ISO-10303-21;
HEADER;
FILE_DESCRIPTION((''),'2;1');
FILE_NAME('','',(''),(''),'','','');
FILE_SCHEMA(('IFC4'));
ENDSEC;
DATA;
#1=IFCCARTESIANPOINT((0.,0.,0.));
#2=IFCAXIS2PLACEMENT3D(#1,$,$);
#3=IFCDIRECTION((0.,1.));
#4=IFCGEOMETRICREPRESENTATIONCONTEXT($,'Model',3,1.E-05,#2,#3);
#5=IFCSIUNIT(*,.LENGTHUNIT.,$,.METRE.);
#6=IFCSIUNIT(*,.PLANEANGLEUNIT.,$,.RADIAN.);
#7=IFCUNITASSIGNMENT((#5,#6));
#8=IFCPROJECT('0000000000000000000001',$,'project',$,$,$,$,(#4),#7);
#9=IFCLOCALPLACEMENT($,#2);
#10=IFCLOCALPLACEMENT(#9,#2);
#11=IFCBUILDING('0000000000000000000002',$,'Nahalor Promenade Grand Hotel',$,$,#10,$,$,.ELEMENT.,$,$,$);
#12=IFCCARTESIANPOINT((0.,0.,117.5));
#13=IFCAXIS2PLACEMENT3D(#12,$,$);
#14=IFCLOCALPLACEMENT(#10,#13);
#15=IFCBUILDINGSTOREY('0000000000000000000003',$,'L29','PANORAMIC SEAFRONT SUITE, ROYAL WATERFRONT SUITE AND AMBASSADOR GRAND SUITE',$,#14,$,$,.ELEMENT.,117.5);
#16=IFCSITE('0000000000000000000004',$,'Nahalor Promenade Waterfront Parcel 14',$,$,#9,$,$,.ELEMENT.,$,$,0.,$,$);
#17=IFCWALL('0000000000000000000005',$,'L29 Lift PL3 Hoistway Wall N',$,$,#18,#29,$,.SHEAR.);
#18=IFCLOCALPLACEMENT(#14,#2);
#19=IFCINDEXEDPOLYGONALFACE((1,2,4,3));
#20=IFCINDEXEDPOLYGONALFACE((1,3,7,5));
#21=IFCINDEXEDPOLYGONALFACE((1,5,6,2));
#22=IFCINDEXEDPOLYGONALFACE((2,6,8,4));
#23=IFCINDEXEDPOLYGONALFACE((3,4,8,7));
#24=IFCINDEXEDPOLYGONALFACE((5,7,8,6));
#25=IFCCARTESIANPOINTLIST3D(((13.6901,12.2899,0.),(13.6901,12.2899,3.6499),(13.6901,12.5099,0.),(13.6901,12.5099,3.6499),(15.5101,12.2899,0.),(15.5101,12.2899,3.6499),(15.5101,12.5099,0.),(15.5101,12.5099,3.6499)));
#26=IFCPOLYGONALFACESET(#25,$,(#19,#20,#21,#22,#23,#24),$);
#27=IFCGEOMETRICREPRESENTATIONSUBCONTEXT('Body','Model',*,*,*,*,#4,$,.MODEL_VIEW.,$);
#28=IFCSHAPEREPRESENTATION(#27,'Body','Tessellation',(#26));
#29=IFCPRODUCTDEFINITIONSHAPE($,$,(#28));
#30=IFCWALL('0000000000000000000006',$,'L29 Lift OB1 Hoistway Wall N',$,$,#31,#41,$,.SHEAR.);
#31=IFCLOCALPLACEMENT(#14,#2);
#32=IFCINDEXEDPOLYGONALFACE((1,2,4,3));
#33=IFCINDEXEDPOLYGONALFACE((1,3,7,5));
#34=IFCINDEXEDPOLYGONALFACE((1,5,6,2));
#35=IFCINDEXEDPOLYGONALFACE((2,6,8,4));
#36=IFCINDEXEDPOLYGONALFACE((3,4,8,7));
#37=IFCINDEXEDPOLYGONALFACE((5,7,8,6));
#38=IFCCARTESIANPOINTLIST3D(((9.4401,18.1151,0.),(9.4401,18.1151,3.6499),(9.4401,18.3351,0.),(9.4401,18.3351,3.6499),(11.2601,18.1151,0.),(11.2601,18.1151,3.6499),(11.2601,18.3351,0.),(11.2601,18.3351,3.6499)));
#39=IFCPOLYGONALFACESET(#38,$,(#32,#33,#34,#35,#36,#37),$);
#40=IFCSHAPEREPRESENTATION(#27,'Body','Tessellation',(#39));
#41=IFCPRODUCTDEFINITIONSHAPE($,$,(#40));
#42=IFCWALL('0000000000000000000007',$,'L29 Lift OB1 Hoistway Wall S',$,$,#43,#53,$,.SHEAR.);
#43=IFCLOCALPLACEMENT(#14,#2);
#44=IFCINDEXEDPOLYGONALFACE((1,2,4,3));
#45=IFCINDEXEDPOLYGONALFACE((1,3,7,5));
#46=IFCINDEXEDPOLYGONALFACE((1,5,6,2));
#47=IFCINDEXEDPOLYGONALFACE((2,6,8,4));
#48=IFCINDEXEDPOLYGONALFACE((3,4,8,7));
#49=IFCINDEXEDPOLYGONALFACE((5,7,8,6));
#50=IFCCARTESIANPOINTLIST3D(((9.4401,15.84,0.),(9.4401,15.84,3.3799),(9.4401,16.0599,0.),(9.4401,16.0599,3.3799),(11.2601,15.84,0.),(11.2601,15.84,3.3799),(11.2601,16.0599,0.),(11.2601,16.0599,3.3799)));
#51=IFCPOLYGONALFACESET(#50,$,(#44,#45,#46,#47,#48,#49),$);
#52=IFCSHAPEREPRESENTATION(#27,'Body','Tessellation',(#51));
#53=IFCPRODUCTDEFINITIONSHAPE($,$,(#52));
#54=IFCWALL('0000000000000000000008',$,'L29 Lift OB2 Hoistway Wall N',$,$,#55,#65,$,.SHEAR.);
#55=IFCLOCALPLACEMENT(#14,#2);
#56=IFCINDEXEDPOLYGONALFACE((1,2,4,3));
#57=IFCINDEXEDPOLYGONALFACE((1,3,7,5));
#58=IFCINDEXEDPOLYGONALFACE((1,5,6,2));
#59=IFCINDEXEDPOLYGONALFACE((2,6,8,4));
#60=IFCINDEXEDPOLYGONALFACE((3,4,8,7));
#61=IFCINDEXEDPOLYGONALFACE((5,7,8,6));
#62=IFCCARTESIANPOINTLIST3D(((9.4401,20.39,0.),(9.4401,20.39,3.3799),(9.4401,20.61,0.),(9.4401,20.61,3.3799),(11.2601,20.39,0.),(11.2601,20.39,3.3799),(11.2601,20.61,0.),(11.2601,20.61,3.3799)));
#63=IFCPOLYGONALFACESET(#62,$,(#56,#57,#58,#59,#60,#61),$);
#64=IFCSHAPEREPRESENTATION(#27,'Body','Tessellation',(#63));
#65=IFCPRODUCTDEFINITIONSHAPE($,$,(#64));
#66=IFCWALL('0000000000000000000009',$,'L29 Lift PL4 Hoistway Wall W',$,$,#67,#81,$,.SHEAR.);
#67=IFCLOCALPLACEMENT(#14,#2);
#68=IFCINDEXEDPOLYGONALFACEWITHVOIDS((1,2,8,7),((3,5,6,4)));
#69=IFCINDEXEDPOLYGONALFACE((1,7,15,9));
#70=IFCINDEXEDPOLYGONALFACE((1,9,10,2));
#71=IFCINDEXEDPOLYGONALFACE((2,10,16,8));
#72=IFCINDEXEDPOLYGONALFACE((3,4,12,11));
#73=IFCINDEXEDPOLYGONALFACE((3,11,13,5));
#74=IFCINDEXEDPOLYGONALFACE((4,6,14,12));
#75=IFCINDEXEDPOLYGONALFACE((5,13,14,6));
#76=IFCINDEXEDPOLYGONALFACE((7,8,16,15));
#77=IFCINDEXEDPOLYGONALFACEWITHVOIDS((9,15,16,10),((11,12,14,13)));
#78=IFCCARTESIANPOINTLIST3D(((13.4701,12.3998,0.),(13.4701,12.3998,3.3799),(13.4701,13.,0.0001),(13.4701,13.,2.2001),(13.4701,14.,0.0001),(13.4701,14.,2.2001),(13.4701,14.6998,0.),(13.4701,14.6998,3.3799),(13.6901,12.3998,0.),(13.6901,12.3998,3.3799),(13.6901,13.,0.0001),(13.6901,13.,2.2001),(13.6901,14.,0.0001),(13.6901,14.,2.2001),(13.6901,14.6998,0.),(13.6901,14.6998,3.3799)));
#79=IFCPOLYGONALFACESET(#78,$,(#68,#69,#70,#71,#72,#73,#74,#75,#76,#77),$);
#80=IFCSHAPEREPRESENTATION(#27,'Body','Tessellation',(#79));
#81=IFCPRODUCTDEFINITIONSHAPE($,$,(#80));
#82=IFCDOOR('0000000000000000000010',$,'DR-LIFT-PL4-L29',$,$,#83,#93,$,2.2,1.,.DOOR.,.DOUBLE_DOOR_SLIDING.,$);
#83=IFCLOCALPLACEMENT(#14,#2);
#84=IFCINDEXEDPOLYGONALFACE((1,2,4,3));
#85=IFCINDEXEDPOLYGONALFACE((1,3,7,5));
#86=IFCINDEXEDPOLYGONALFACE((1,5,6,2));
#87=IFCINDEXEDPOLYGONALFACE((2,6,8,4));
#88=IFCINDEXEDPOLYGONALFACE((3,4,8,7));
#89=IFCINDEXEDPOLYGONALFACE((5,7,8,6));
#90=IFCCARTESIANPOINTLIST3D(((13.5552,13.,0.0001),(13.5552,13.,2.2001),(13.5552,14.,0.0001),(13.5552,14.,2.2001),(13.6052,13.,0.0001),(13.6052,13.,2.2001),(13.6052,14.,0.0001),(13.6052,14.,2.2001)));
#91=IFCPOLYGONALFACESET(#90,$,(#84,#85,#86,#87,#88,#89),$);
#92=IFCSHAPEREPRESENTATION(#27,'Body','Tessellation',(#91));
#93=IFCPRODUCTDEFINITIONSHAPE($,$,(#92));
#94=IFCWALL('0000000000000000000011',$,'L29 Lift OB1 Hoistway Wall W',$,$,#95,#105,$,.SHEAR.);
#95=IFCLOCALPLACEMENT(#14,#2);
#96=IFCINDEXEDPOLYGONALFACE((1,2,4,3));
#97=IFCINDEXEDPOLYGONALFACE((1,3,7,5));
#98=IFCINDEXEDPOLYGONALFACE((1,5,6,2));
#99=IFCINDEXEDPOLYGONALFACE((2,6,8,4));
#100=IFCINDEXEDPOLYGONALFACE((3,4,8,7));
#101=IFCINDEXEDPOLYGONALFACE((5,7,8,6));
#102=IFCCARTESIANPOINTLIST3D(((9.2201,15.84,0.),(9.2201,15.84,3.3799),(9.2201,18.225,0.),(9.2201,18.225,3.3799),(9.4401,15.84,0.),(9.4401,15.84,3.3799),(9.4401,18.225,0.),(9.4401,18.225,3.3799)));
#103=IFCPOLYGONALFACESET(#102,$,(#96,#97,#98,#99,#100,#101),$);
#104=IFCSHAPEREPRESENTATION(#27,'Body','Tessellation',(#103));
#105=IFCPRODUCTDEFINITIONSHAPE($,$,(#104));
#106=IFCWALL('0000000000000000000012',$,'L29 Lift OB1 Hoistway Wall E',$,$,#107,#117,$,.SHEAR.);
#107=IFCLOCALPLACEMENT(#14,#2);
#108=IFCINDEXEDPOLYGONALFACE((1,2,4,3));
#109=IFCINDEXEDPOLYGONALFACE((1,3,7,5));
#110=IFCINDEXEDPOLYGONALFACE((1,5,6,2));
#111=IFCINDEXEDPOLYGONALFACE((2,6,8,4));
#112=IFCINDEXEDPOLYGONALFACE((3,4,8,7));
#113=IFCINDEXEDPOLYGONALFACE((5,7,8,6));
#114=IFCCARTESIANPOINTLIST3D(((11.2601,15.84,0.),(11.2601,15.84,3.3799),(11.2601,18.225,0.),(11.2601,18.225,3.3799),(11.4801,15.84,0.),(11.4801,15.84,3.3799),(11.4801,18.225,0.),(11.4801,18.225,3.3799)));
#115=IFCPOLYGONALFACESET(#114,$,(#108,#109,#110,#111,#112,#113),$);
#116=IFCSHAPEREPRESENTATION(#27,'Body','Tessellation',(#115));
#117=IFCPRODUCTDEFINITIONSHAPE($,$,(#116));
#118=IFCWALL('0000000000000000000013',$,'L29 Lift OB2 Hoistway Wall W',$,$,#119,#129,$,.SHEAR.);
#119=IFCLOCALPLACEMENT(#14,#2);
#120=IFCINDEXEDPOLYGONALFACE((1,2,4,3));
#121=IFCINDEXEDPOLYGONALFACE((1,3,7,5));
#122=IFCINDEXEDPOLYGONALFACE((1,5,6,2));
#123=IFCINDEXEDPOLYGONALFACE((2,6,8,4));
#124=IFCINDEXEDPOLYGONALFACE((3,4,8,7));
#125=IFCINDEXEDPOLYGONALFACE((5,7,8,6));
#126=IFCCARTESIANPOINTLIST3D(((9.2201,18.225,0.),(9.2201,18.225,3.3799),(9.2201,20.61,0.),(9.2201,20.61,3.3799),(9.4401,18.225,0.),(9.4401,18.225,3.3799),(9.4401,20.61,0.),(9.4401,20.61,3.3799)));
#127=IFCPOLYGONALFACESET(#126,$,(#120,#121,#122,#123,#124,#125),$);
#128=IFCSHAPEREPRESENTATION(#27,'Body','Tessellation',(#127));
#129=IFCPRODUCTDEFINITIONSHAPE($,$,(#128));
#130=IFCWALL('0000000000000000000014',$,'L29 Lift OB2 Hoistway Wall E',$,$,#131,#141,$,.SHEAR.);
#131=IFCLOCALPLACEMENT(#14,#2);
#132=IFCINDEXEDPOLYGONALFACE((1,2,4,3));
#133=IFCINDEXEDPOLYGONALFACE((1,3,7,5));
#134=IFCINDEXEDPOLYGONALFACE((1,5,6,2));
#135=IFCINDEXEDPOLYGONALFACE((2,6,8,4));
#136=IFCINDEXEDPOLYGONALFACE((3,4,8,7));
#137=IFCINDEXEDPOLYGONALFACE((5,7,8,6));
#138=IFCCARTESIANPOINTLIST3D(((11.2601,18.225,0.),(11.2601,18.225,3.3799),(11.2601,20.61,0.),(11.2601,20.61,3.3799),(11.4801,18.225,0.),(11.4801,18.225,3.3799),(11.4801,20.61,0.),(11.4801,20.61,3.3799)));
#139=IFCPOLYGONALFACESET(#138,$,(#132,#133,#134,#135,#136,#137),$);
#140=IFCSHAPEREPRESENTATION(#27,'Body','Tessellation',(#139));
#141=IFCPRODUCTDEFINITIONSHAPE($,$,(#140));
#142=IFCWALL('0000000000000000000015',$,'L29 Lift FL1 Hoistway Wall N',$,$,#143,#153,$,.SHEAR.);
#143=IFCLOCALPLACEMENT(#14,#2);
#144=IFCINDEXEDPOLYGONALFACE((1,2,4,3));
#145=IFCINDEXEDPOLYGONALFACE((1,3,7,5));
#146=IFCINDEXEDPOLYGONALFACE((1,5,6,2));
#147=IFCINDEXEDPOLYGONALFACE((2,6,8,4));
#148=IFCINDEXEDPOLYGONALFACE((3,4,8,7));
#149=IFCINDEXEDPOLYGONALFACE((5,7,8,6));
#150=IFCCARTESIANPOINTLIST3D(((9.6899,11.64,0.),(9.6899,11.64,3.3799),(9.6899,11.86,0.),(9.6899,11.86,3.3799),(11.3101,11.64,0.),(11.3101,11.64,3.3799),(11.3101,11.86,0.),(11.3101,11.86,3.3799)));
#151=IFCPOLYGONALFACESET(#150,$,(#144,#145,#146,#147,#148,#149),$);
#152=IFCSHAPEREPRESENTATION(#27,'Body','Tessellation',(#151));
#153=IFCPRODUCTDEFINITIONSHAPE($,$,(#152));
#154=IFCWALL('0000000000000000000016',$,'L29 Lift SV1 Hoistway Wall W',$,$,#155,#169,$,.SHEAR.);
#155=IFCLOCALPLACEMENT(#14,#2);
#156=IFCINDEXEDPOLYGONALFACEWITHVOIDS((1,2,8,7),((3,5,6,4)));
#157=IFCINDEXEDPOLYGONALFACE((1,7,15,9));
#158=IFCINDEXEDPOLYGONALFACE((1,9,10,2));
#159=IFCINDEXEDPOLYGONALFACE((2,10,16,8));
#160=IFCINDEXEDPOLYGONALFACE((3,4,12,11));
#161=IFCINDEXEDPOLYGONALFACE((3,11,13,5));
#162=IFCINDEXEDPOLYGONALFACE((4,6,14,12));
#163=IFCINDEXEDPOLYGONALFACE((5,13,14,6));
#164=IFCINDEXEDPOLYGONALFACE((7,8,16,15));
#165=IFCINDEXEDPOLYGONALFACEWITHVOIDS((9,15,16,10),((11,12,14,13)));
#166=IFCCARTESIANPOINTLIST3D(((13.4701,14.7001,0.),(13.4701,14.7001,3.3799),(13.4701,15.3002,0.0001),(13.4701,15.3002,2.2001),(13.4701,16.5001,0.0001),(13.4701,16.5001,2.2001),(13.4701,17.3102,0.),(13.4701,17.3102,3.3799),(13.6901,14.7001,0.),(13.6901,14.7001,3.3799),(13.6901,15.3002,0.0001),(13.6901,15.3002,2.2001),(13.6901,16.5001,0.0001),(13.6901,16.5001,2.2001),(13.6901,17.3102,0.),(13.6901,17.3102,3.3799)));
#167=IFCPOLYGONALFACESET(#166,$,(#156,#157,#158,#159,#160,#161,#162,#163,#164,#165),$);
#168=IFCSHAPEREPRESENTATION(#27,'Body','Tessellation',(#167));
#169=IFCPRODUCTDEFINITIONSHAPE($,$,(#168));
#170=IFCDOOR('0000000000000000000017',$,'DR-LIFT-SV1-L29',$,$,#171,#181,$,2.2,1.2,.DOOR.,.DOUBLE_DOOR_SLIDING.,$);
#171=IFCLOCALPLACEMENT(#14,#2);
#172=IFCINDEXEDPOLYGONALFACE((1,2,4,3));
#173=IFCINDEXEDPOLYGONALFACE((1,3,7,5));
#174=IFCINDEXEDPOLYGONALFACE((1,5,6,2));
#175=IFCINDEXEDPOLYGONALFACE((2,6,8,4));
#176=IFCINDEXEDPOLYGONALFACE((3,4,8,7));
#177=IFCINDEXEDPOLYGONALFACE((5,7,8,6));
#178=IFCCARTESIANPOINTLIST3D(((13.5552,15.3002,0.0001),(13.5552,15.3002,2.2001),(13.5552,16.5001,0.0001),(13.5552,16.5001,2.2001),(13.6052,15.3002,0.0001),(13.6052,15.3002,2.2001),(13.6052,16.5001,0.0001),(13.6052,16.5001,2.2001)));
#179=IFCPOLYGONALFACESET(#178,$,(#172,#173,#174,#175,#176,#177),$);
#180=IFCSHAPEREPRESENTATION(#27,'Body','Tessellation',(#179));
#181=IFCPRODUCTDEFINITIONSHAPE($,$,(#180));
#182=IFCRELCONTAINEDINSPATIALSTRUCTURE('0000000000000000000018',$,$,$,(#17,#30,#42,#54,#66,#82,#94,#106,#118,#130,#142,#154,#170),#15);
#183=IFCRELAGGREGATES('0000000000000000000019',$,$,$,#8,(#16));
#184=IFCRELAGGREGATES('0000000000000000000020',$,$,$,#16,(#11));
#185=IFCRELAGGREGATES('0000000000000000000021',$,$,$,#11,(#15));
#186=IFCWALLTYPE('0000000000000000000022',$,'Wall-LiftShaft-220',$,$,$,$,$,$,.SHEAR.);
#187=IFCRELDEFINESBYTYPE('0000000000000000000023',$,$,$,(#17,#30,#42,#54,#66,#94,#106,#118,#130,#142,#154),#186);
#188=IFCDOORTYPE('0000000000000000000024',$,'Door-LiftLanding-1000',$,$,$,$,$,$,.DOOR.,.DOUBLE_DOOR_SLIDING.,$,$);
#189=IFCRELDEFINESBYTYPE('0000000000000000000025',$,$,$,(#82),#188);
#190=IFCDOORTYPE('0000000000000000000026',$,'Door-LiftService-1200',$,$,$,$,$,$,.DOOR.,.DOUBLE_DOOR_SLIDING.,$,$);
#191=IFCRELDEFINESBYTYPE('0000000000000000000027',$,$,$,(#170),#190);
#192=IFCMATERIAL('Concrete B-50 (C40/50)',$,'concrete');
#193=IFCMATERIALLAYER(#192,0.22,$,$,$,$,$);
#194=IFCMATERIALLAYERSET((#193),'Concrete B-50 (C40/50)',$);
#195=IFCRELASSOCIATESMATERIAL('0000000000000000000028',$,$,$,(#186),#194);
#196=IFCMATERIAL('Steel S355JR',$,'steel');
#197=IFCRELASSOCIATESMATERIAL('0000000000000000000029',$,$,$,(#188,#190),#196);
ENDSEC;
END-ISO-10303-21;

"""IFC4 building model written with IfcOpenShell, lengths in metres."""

from ifc_helpers import new_model, si_unit, direction, frame, frame_2d, origin, place, context, subcontext, project, spatial, rectangle, extrude, source, transform, mapped, material, layer, layer_set, type_object, element, fill, save


model = new_model("IFC4")

# Units and contexts
model_context = context("Model", 3, precision=1e-05, world=origin(), true_north=direction((0.0, 1.0)))
body_context = subcontext(model_context, "Body", "Model", "MODEL_VIEW")
ifc_project = project(units=[si_unit("LENGTHUNIT", "METRE"), si_unit("PLANEANGLEUNIT", "RADIAN")], contexts=[model_context])

# Site, building, storey
site_placement = place(None, origin())
site = spatial("IfcSite", under=ifc_project, at=site_placement, Name="Nahalor Promenade Waterfront Parcel 14", CompositionType="ELEMENT", RefElevation=0.0)
building_placement = place(site_placement, origin())
building = spatial("IfcBuilding", under=site, at=building_placement, Name="Nahalor Promenade Grand Hotel", CompositionType="ELEMENT")
storey_placement = place(building_placement, frame((0.0, 0.0, 117.5)))
storey = spatial("IfcBuildingStorey", under=building, at=storey_placement, Name="L29", Description="PANORAMIC SEAFRONT SUITE, ROYAL WATERFRONT SUITE AND AMBASSADOR GRAND SUITE", CompositionType="ELEMENT", Elevation=117.5)

# Shared definitions
ifc_material_1 = material(Name="Steel S355JR", Category="steel")

# Walls
ifc_material_2 = material(Name="Concrete B-50 (C40/50)", Category="concrete")
ifc_layer_1 = layer(ifc_material_2, 0.22)
ifc_layer_set_1 = layer_set([ifc_layer_1], Name="Concrete B-50 (C40/50)")
wall_type_1 = type_object("IfcWallType", Name="Wall-LiftShaft-220", PredefinedType="SHEAR", material=ifc_layer_set_1)
shared_shape_1 = source(origin(), body_context, "Body", "SweptSolid", [
    extrude(rectangle(XDim=1.8201, YDim=0.22, at=frame_2d((0.9102, 0.0))), origin(), (0.0, 0.0, 1.0), 3.6499),
])
for number, where, z_axis, x_axis, name in (
    (1, (13.6899, 12.3999, 0.0), (0.0, 0.0, 1.0), (1.0, 0.0, 0.0), "L29 Lift PL3 Hoistway Wall N"),
    (2, (9.4399, 18.2251, 0.0), (0.0, 0.0, 1.0), (1.0, 0.0, 0.0), "L29 Lift OB1 Hoistway Wall N"),
):
    element("IfcWall", number, at=place(storey_placement, frame(where, z_axis=z_axis, x_axis=x_axis)), inside=storey, type_object=wall_type_1, Name=name, PredefinedType="SHEAR", context=body_context, shape_type="MappedRepresentation", body=[
        mapped(shared_shape_1, transform((0.0, 0.0, 0.0), scale=1.0)),
    ])
shared_shape_2 = source(origin(), body_context, "Body", "SweptSolid", [
    extrude(rectangle(XDim=1.8201, YDim=0.22, at=frame_2d((0.9102, 0.0))), origin(), (0.0, 0.0, 1.0), 3.3799),
])
for number, where, z_axis, x_axis, name in (
    (3, (9.4399, 15.95, 0.0), (0.0, 0.0, 1.0), (1.0, 0.0, 0.0), "L29 Lift OB1 Hoistway Wall S"),
    (4, (9.4399, 20.5, 0.0), (0.0, 0.0, 1.0), (1.0, 0.0, 0.0), "L29 Lift OB2 Hoistway Wall N"),
):
    element("IfcWall", number, at=place(storey_placement, frame(where, z_axis=z_axis, x_axis=x_axis)), inside=storey, type_object=wall_type_1, Name=name, PredefinedType="SHEAR", context=body_context, shape_type="MappedRepresentation", body=[
        mapped(shared_shape_2, transform((0.0, 0.0, 0.0), scale=1.0)),
    ])

# Wall, opening, door
shared_shape_3 = source(origin(), body_context, "Body", "SweptSolid", [
    extrude(rectangle(XDim=2.3, YDim=0.22, at=frame_2d((1.1499, 0.0))), origin(), (0.0, 0.0, 1.0), 3.3799),
])
wall_1_placement = place(storey_placement, frame((13.5801, 12.3999, 0.0), z_axis=(0.0, 0.0, 1.0), x_axis=(0.0, 1.0, 0.0)))
wall_1 = element("IfcWall", 5, at=wall_1_placement, inside=storey, type_object=wall_type_1, Name="L29 Lift PL4 Hoistway Wall W", PredefinedType="SHEAR", context=body_context, shape_type="MappedRepresentation", body=[
    mapped(shared_shape_3, transform((0.0, 0.0, 0.0), scale=1.0)),
])
opening_1_placement = place(wall_1_placement, frame((0.6001, 0.0, 0.0)))
opening_1 = element("IfcOpeningElement", 6, at=opening_1_placement, cuts=wall_1, PredefinedType="OPENING", context=body_context, shape_type="SweptSolid", body=[
    extrude(rectangle(XDim=1.0, YDim=2.2, at=frame_2d((0.5, 1.1001))), frame((0.0, 0.1199, 0.0), z_axis=(0.0, -1.0, 0.0), x_axis=(1.0, 0.0, 0.0)), (0.0, 0.0, 1.0), 0.24),
])
door_type_1 = type_object("IfcDoorType", Name="Door-LiftLanding-1000", OperationType="DOUBLE_DOOR_SLIDING", PredefinedType="DOOR", material=ifc_material_1)
shared_shape_4 = source(origin(), body_context, "Body", "SweptSolid", [
    extrude(rectangle(XDim=1.0, YDim=2.2, at=frame_2d((0.5, 1.1001))), frame((0.0, 0.0249, 0.0), z_axis=(0.0, -1.0, 0.0), x_axis=(1.0, 0.0, 0.0)), (0.0, 0.0, 1.0), 0.05),
])
door_1_placement = place(opening_1_placement, origin())
door_1 = element("IfcDoor", 7, at=door_1_placement, inside=storey, type_object=door_type_1, Name="DR-LIFT-PL4-L29", OperationType="DOUBLE_DOOR_SLIDING", OverallHeight=2.2, OverallWidth=1.0, PredefinedType="DOOR", context=body_context, shape_type="MappedRepresentation", body=[
    mapped(shared_shape_4, transform((0.0, 0.0, 0.0), scale=1.0)),
])
fill(opening_1, door_1)

# Walls
shared_shape_5 = source(origin(), body_context, "Body", "SweptSolid", [
    extrude(rectangle(XDim=2.385, YDim=0.22, at=frame_2d((1.1924, 0.0))), origin(), (0.0, 0.0, 1.0), 3.3799),
])
for number, where, z_axis, x_axis, name in (
    (8, (9.3301, 15.8401, 0.0), (0.0, 0.0, 1.0), (0.0, 1.0, 0.0), "L29 Lift OB1 Hoistway Wall W"),
    (9, (11.3701, 15.8401, 0.0), (0.0, 0.0, 1.0), (0.0, 1.0, 0.0), "L29 Lift OB1 Hoistway Wall E"),
    (10, (9.3301, 18.2251, 0.0), (0.0, 0.0, 1.0), (0.0, 1.0, 0.0), "L29 Lift OB2 Hoistway Wall W"),
    (11, (11.3701, 18.2251, 0.0), (0.0, 0.0, 1.0), (0.0, 1.0, 0.0), "L29 Lift OB2 Hoistway Wall E"),
):
    element("IfcWall", number, at=place(storey_placement, frame(where, z_axis=z_axis, x_axis=x_axis)), inside=storey, type_object=wall_type_1, Name=name, PredefinedType="SHEAR", context=body_context, shape_type="MappedRepresentation", body=[
        mapped(shared_shape_5, transform((0.0, 0.0, 0.0), scale=1.0)),
    ])
shared_shape_6 = source(origin(), body_context, "Body", "SweptSolid", [
    extrude(rectangle(XDim=1.6201, YDim=0.22, at=frame_2d((0.8101, 0.0))), origin(), (0.0, 0.0, 1.0), 3.3799),
])
wall_2_placement = place(storey_placement, frame((9.6899, 11.75, 0.0), z_axis=(0.0, 0.0, 1.0), x_axis=(1.0, 0.0, 0.0)))
element("IfcWall", 12, at=wall_2_placement, inside=storey, type_object=wall_type_1, Name="L29 Lift FL1 Hoistway Wall N", PredefinedType="SHEAR", context=body_context, shape_type="MappedRepresentation", body=[
    mapped(shared_shape_6, transform((0.0, 0.0, 0.0), scale=1.0)),
])

# Wall, opening, door
shared_shape_7 = source(origin(), body_context, "Body", "SweptSolid", [
    extrude(rectangle(XDim=2.6101, YDim=0.22, at=frame_2d((1.3052, 0.0))), origin(), (0.0, 0.0, 1.0), 3.3799),
])
wall_3_placement = place(storey_placement, frame((13.5801, 14.7, 0.0), z_axis=(0.0, 0.0, 1.0), x_axis=(0.0, 1.0, 0.0)))
wall_3 = element("IfcWall", 13, at=wall_3_placement, inside=storey, type_object=wall_type_1, Name="L29 Lift SV1 Hoistway Wall W", PredefinedType="SHEAR", context=body_context, shape_type="MappedRepresentation", body=[
    mapped(shared_shape_7, transform((0.0, 0.0, 0.0), scale=1.0)),
])
opening_2_placement = place(wall_3_placement, frame((0.6001, 0.0, 0.0)))
opening_2 = element("IfcOpeningElement", 14, at=opening_2_placement, cuts=wall_3, PredefinedType="OPENING", context=body_context, shape_type="SweptSolid", body=[
    extrude(rectangle(XDim=1.2, YDim=2.2, at=frame_2d((0.6001, 1.1001))), frame((0.0, 0.1199, 0.0), z_axis=(0.0, -1.0, 0.0), x_axis=(1.0, 0.0, 0.0)), (0.0, 0.0, 1.0), 0.24),
])
door_type_2 = type_object("IfcDoorType", Name="Door-LiftService-1200", OperationType="DOUBLE_DOOR_SLIDING", PredefinedType="DOOR", material=ifc_material_1)
shared_shape_8 = source(origin(), body_context, "Body", "SweptSolid", [
    extrude(rectangle(XDim=1.2, YDim=2.2, at=frame_2d((0.6001, 1.1001))), frame((0.0, 0.0249, 0.0), z_axis=(0.0, -1.0, 0.0), x_axis=(1.0, 0.0, 0.0)), (0.0, 0.0, 1.0), 0.05),
])
door_2_placement = place(opening_2_placement, origin())
door_2 = element("IfcDoor", 15, at=door_2_placement, inside=storey, type_object=door_type_2, Name="DR-LIFT-SV1-L29", OperationType="DOUBLE_DOOR_SLIDING", OverallHeight=2.2, OverallWidth=1.2, PredefinedType="DOOR", context=body_context, shape_type="MappedRepresentation", body=[
    mapped(shared_shape_8, transform((0.0, 0.0, 0.0), scale=1.0)),
])
fill(opening_2, door_2)

save(model, "model.ifc")
